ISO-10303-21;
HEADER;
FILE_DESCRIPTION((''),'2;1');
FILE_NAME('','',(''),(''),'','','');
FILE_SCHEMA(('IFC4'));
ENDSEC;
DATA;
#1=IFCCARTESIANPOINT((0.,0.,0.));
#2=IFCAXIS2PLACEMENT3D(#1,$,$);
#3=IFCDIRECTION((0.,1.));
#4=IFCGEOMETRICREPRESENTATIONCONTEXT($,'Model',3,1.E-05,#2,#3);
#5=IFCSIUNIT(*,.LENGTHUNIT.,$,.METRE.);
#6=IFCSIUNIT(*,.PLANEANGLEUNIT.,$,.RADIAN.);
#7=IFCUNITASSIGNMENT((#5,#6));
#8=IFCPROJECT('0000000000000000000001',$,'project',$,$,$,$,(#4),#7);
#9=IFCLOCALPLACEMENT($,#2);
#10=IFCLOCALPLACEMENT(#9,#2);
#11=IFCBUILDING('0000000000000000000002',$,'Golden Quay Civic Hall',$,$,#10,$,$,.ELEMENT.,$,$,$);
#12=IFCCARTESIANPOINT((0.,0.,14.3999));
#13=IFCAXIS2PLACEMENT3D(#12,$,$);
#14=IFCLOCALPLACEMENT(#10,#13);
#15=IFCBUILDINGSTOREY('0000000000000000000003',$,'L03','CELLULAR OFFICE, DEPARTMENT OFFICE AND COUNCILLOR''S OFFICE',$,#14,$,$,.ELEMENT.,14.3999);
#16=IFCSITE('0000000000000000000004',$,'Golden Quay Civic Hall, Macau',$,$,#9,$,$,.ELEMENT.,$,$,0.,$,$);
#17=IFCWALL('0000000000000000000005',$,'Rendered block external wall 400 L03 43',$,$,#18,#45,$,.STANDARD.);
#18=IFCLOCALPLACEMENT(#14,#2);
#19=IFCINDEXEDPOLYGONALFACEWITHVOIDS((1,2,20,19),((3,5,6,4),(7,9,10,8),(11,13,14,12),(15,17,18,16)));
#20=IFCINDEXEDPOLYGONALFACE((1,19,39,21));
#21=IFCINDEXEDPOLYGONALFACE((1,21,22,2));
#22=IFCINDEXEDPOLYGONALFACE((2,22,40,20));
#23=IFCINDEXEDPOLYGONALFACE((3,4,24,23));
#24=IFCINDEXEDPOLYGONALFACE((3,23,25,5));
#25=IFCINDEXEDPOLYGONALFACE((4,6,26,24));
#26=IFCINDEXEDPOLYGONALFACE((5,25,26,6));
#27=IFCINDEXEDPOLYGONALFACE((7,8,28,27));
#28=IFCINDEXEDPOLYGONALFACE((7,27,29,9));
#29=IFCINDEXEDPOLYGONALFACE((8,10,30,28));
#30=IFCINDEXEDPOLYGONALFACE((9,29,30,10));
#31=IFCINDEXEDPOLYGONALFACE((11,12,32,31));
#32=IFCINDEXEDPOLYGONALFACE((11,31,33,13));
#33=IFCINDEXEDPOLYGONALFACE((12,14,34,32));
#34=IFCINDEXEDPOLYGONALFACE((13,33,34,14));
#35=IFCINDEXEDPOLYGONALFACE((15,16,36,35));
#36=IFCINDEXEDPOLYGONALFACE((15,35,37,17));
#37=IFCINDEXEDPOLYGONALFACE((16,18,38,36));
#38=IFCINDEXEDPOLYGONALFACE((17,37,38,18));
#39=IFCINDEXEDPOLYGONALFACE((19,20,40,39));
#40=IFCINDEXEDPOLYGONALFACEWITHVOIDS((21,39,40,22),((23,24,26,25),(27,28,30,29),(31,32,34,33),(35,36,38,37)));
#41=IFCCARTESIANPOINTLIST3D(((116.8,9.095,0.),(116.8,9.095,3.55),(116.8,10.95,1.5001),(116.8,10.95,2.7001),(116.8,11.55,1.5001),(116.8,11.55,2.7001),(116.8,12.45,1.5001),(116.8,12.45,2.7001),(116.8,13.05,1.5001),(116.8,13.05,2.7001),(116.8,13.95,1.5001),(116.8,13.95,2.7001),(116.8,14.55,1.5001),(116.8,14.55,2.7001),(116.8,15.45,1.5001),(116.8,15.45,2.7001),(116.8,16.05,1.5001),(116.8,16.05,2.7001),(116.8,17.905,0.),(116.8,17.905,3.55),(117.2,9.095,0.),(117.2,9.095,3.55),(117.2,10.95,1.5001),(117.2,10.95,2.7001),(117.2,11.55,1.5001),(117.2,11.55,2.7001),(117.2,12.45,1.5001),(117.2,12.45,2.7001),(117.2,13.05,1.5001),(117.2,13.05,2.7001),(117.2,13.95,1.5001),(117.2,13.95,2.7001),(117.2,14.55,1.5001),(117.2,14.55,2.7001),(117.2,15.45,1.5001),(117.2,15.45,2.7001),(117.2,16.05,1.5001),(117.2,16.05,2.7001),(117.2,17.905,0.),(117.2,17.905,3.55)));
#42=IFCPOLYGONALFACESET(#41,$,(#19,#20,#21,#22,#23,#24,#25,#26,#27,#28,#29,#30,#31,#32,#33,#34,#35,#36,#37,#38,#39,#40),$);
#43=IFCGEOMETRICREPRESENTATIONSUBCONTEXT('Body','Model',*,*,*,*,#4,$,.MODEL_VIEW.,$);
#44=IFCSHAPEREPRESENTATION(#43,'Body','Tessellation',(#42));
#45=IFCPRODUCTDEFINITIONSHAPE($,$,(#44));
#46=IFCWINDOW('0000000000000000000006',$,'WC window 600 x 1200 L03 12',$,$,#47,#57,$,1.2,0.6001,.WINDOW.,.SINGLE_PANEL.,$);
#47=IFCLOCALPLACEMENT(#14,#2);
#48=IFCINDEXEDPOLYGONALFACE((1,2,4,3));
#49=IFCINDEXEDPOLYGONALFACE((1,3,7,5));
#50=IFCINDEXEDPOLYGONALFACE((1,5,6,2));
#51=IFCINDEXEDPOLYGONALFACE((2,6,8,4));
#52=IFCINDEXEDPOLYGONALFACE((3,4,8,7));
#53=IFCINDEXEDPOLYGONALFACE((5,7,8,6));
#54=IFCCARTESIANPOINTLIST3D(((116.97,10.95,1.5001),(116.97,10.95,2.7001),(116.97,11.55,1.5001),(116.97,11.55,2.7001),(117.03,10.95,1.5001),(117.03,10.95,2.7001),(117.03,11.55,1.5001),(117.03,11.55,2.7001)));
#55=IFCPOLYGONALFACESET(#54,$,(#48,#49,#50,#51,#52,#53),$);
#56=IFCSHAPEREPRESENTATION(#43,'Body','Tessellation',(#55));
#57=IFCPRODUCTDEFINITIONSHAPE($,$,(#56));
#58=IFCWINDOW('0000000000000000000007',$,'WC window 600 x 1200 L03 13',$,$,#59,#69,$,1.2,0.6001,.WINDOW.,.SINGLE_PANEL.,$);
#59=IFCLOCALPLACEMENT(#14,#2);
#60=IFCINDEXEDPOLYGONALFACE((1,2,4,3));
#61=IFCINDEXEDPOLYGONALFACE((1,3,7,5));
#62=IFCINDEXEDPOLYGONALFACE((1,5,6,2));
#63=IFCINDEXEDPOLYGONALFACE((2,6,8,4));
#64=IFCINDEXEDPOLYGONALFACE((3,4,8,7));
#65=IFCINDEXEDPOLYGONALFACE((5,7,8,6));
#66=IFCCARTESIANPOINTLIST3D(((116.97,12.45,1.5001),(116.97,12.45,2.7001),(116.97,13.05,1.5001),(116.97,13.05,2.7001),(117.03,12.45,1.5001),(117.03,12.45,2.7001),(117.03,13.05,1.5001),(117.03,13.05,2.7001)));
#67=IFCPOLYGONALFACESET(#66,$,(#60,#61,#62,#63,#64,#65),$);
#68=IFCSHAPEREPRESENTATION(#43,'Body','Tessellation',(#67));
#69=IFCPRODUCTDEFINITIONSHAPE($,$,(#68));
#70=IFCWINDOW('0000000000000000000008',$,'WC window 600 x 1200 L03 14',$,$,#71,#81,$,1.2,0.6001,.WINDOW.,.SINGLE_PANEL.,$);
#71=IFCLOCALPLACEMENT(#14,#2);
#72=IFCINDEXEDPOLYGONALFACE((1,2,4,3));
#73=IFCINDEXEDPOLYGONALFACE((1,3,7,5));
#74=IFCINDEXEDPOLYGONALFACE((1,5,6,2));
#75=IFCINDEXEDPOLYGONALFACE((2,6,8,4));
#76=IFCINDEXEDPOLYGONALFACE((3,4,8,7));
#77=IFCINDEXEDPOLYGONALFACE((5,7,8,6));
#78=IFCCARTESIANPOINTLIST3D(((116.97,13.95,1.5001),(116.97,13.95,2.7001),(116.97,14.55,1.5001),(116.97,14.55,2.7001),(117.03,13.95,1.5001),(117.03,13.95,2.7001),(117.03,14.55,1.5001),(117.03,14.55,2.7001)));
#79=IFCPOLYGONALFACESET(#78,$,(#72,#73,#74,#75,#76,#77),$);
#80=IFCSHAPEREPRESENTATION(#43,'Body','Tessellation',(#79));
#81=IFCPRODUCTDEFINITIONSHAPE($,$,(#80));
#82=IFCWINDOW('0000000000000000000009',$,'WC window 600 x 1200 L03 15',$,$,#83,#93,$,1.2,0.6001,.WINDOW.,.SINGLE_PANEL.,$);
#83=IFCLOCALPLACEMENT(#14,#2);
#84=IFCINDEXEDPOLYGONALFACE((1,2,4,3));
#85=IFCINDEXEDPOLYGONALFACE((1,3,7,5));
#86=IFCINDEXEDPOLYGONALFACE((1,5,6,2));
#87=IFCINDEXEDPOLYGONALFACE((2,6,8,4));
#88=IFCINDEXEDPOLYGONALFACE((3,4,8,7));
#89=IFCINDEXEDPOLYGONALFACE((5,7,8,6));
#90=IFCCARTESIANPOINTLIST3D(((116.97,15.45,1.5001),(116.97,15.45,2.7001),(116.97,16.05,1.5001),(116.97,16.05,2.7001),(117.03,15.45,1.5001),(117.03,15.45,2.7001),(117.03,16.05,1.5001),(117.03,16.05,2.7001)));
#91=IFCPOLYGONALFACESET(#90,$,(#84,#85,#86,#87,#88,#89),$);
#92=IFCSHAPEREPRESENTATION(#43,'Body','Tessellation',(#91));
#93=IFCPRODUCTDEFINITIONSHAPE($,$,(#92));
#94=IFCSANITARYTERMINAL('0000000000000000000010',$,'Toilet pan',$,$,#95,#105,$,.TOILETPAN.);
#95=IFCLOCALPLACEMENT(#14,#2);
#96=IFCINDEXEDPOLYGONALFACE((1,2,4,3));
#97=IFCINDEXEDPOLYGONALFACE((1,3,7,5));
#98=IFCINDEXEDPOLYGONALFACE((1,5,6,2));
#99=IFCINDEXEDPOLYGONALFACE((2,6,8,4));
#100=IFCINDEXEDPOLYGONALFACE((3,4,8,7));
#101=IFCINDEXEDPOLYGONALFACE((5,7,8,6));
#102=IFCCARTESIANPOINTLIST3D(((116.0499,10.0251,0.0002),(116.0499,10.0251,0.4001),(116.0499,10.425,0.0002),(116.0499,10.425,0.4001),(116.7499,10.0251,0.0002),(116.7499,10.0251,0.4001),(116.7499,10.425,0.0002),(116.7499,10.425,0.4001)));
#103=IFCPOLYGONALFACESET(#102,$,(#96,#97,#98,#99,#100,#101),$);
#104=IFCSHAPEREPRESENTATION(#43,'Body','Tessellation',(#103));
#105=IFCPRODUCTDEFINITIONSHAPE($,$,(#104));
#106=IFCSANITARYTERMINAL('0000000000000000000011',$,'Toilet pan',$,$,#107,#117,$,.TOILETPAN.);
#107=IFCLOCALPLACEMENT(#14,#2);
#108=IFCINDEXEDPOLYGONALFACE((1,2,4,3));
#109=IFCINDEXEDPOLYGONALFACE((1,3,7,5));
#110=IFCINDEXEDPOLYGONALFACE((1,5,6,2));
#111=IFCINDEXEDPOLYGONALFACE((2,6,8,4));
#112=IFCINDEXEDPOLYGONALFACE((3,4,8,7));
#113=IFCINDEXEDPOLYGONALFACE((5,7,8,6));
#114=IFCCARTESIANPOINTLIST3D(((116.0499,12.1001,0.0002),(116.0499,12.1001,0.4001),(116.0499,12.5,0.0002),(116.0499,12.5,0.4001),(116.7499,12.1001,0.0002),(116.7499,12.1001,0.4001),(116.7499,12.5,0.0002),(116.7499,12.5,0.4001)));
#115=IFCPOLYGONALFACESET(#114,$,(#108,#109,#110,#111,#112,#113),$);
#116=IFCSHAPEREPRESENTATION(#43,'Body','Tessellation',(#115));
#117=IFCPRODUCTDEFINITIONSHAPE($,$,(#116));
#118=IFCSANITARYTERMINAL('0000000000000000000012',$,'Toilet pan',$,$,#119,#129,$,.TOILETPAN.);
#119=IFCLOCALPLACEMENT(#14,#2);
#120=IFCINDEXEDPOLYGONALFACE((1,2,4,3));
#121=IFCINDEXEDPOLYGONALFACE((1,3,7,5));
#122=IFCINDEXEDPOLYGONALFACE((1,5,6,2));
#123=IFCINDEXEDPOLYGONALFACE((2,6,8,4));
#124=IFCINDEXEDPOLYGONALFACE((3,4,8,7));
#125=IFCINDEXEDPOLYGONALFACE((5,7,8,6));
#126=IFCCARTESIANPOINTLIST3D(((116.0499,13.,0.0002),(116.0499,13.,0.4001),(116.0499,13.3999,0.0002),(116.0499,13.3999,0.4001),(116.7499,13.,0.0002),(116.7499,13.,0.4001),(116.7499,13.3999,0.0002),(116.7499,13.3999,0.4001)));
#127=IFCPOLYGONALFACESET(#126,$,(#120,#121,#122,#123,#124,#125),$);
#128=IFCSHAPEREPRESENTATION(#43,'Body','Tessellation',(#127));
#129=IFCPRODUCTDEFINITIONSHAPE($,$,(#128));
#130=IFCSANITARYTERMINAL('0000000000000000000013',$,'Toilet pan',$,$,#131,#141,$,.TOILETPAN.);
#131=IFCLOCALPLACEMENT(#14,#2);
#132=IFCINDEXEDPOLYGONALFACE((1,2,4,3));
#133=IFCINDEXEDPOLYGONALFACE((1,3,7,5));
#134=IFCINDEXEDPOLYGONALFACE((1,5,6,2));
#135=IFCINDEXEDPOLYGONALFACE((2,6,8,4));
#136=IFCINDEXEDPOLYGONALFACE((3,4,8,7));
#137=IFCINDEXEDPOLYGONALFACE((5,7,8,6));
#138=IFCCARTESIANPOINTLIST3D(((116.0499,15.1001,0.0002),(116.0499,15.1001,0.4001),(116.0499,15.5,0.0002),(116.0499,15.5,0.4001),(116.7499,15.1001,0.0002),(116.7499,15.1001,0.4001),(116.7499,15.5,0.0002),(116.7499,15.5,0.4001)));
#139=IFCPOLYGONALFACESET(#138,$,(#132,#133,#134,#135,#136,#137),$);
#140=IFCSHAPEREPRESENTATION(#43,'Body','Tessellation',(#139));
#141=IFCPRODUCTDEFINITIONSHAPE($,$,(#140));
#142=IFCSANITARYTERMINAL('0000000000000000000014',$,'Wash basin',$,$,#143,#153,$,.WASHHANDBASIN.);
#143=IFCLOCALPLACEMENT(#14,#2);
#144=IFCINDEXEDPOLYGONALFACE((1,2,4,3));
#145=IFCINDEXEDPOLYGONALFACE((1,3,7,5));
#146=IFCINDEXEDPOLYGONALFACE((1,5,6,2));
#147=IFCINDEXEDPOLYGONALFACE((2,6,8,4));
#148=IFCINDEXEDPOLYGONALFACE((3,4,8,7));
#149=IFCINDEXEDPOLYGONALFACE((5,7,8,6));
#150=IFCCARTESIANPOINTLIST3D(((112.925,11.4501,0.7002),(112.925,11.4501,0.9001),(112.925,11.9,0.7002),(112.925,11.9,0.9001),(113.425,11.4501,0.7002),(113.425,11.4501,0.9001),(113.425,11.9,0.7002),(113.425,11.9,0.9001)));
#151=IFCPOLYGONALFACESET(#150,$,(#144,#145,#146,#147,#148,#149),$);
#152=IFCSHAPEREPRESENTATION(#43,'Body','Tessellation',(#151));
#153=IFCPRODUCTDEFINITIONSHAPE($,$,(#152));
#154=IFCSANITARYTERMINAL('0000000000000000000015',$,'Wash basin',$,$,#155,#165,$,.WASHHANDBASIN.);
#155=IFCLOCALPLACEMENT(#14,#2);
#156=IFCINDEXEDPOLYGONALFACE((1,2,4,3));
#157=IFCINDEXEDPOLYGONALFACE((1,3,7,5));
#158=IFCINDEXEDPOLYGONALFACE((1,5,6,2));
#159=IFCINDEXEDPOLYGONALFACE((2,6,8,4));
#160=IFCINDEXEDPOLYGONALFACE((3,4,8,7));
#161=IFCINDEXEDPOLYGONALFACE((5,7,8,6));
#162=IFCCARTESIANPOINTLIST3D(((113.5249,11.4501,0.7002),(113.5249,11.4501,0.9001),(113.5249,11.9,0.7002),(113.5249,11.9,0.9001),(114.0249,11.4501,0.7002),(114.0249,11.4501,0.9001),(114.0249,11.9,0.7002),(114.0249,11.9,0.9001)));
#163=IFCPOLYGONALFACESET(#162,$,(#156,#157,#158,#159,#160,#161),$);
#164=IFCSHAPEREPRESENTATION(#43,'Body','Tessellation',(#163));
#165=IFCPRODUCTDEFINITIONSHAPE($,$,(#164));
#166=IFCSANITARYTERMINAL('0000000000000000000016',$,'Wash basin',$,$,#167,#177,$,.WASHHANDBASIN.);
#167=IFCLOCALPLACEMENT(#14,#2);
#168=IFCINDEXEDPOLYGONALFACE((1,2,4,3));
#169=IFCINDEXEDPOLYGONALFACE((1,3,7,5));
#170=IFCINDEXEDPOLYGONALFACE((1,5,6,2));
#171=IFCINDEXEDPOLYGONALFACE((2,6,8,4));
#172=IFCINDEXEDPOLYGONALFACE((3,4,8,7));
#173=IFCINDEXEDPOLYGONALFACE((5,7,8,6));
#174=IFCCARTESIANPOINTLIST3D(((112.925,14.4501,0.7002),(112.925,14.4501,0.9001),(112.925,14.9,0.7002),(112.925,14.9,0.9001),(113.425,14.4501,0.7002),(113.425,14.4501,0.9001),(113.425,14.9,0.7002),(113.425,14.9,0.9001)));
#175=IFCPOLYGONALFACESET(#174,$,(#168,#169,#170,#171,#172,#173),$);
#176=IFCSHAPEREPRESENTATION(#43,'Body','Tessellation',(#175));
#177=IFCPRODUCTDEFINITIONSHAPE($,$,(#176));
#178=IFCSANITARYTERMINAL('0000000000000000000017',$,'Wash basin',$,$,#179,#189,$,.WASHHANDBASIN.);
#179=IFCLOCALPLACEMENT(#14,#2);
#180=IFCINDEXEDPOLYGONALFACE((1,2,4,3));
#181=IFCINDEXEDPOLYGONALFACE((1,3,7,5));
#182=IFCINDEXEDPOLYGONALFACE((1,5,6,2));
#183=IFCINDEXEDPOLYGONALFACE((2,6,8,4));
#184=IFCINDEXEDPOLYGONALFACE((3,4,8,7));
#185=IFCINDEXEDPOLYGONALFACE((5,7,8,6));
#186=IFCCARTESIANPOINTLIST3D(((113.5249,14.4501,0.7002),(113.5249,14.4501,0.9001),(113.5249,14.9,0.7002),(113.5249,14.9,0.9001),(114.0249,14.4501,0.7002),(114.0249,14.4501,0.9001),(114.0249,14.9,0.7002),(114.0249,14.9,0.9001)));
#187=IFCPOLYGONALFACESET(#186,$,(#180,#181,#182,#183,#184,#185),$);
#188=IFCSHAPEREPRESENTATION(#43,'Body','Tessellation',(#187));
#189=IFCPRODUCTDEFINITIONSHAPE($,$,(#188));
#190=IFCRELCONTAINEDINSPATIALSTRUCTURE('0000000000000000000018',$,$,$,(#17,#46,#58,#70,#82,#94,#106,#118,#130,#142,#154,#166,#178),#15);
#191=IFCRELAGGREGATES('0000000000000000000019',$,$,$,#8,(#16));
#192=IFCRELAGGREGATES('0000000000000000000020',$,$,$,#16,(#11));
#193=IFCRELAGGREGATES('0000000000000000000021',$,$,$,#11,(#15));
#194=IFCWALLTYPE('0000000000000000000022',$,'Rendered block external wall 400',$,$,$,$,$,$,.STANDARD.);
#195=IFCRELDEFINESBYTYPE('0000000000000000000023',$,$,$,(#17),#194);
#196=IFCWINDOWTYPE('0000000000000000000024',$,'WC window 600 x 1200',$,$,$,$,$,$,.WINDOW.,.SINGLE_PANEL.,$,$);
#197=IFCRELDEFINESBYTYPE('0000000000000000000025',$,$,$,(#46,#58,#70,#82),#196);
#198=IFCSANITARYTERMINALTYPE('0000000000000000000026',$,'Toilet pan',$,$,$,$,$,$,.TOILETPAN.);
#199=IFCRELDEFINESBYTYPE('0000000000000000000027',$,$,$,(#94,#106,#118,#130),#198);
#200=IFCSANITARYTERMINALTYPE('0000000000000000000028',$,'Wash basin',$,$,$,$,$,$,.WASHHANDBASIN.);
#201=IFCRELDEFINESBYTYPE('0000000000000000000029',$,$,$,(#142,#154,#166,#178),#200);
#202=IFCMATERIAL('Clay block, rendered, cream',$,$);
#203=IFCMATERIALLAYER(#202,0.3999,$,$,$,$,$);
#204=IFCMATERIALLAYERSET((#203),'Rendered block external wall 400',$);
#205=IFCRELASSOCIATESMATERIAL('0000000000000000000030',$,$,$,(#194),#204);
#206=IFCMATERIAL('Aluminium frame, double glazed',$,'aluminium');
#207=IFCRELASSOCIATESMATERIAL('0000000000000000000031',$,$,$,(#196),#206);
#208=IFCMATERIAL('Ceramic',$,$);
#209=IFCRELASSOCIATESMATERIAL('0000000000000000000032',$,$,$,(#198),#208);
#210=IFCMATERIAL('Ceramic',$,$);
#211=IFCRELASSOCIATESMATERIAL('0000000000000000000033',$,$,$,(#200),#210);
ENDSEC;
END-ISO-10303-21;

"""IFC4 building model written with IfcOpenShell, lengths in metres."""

from ifc_helpers import new_model, si_unit, direction, frame, frame_2d, origin, origin_2d, place, context, subcontext, project, spatial, rectangle, extrude, material, layer, layer_set, type_object, element, fill, save


model = new_model("IFC4")

# Units and contexts
model_context = context("Model", 3, precision=1e-05, world=origin(), true_north=direction((0.0, 1.0)))
body_context = subcontext(model_context, "Body", "Model", "MODEL_VIEW")
ifc_project = project(units=[si_unit("LENGTHUNIT", "METRE"), si_unit("PLANEANGLEUNIT", "RADIAN")], contexts=[model_context])

# Site, building, storey
site_placement = place(None, origin())
site = spatial("IfcSite", under=ifc_project, at=site_placement, Name="Golden Quay Civic Hall, Macau", CompositionType="ELEMENT", RefElevation=0.0)
building_placement = place(site_placement, origin())
building = spatial("IfcBuilding", under=site, at=building_placement, Name="Golden Quay Civic Hall", CompositionType="ELEMENT")
storey_placement = place(building_placement, frame((0.0, 0.0, 14.3999)))
storey = spatial("IfcBuildingStorey", under=building, at=storey_placement, Name="L03", Description="CELLULAR OFFICE, DEPARTMENT OFFICE AND COUNCILLOR'S OFFICE", CompositionType="ELEMENT", Elevation=14.3999)

# Wall, openings, windows
ifc_material_1 = material(Name="Clay block, rendered, cream")
ifc_layer_1 = layer(ifc_material_1, 0.3999)
ifc_layer_set_1 = layer_set([ifc_layer_1], Name="Rendered block external wall 400")
wall_type_1 = type_object("IfcWallType", Name="Rendered block external wall 400", PredefinedType="STANDARD", material=ifc_layer_set_1)
wall_1_placement = place(storey_placement, frame((117.0, 17.905, 0.0), z_axis=(0.0, 0.0, 1.0), x_axis=(0.0, -1.0, 0.0)))
wall_1 = element("IfcWall", 1, at=wall_1_placement, inside=storey, type_object=wall_type_1, Name="Rendered block external wall 400 L03 43", PredefinedType="STANDARD", context=body_context, shape_type="SweptSolid", body=[
    extrude(rectangle(XDim=8.8101, YDim=0.3999, at=frame_2d((4.405, 0.0))), origin(), (0.0, 0.0, 1.0), 3.55),
])
opening_1_placement = place(wall_1_placement, frame((6.355, 0.0, 1.5)))
opening_1 = element("IfcOpeningElement", 2, at=opening_1_placement, cuts=wall_1, PredefinedType="OPENING", context=body_context, shape_type="SweptSolid", body=[
    extrude(rectangle(XDim=0.6001, YDim=1.2, at=frame_2d((0.3, 0.6001))), frame((0.0, 0.21, 0.0), z_axis=(0.0, -1.0, 0.0), x_axis=(1.0, 0.0, 0.0)), (0.0, 0.0, 1.0), 0.4199),
])
opening_2_placement = place(wall_1_placement, frame((4.855, 0.0, 1.5)))
opening_2 = element("IfcOpeningElement", 3, at=opening_2_placement, cuts=wall_1, PredefinedType="OPENING", context=body_context, shape_type="SweptSolid", body=[
    extrude(rectangle(XDim=0.6001, YDim=1.2, at=frame_2d((0.3, 0.6001))), frame((0.0, 0.21, 0.0), z_axis=(0.0, -1.0, 0.0), x_axis=(1.0, 0.0, 0.0)), (0.0, 0.0, 1.0), 0.4199),
])
opening_3_placement = place(wall_1_placement, frame((3.355, 0.0, 1.5)))
opening_3 = element("IfcOpeningElement", 4, at=opening_3_placement, cuts=wall_1, PredefinedType="OPENING", context=body_context, shape_type="SweptSolid", body=[
    extrude(rectangle(XDim=0.6001, YDim=1.2, at=frame_2d((0.3, 0.6001))), frame((0.0, 0.21, 0.0), z_axis=(0.0, -1.0, 0.0), x_axis=(1.0, 0.0, 0.0)), (0.0, 0.0, 1.0), 0.4199),
])
opening_4_placement = place(wall_1_placement, frame((1.855, 0.0, 1.5)))
opening_4 = element("IfcOpeningElement", 5, at=opening_4_placement, cuts=wall_1, PredefinedType="OPENING", context=body_context, shape_type="SweptSolid", body=[
    extrude(rectangle(XDim=0.6001, YDim=1.2, at=frame_2d((0.3, 0.6001))), frame((0.0, 0.21, 0.0), z_axis=(0.0, -1.0, 0.0), x_axis=(1.0, 0.0, 0.0)), (0.0, 0.0, 1.0), 0.4199),
])
ifc_material_2 = material(Name="Aluminium frame, double glazed", Category="aluminium")
window_type = type_object("IfcWindowType", Name="WC window 600 x 1200", PartitioningType="SINGLE_PANEL", PredefinedType="WINDOW", material=ifc_material_2)
window_1_placement = place(opening_1_placement, origin())
window_1 = element("IfcWindow", 6, at=window_1_placement, inside=storey, type_object=window_type, Name="WC window 600 x 1200 L03 12", OverallHeight=1.2, OverallWidth=0.6001, PartitioningType="SINGLE_PANEL", PredefinedType="WINDOW", context=body_context, shape_type="SweptSolid", body=[
    extrude(rectangle(XDim=0.6001, YDim=1.2, at=frame_2d((0.3, 0.6001))), frame((0.0, 0.03, 0.0), z_axis=(0.0, -1.0, 0.0), x_axis=(1.0, 0.0, 0.0)), (0.0, 0.0, 1.0), 0.0601),
])
fill(opening_1, window_1)
window_2_placement = place(opening_2_placement, origin())
window_2 = element("IfcWindow", 7, at=window_2_placement, inside=storey, type_object=window_type, Name="WC window 600 x 1200 L03 13", OverallHeight=1.2, OverallWidth=0.6001, PartitioningType="SINGLE_PANEL", PredefinedType="WINDOW", context=body_context, shape_type="SweptSolid", body=[
    extrude(rectangle(XDim=0.6001, YDim=1.2, at=frame_2d((0.3, 0.6001))), frame((0.0, 0.03, 0.0), z_axis=(0.0, -1.0, 0.0), x_axis=(1.0, 0.0, 0.0)), (0.0, 0.0, 1.0), 0.0601),
])
fill(opening_2, window_2)
window_3_placement = place(opening_3_placement, origin())
window_3 = element("IfcWindow", 8, at=window_3_placement, inside=storey, type_object=window_type, Name="WC window 600 x 1200 L03 14", OverallHeight=1.2, OverallWidth=0.6001, PartitioningType="SINGLE_PANEL", PredefinedType="WINDOW", context=body_context, shape_type="SweptSolid", body=[
    extrude(rectangle(XDim=0.6001, YDim=1.2, at=frame_2d((0.3, 0.6001))), frame((0.0, 0.03, 0.0), z_axis=(0.0, -1.0, 0.0), x_axis=(1.0, 0.0, 0.0)), (0.0, 0.0, 1.0), 0.0601),
])
fill(opening_3, window_3)
window_4_placement = place(opening_4_placement, origin())
window_4 = element("IfcWindow", 9, at=window_4_placement, inside=storey, type_object=window_type, Name="WC window 600 x 1200 L03 15", OverallHeight=1.2, OverallWidth=0.6001, PartitioningType="SINGLE_PANEL", PredefinedType="WINDOW", context=body_context, shape_type="SweptSolid", body=[
    extrude(rectangle(XDim=0.6001, YDim=1.2, at=frame_2d((0.3, 0.6001))), frame((0.0, 0.03, 0.0), z_axis=(0.0, -1.0, 0.0), x_axis=(1.0, 0.0, 0.0)), (0.0, 0.0, 1.0), 0.0601),
])
fill(opening_4, window_4)

# Sanitary terminals
ifc_material_3 = material(Name="Ceramic")
sanitary_terminal_type_1 = type_object("IfcSanitaryTerminalType", Name="Toilet pan", PredefinedType="TOILETPAN", material=ifc_material_3)
for number, where, z_axis, x_axis, name in (
    (10, (116.3999, 10.2251, 0.0002), (0.0, 0.0, 1.0), (0.0, 1.0, 0.0), "Toilet pan"),
    (11, (116.3999, 12.3, 0.0002), (0.0, 0.0, 1.0), (0.0, 1.0, 0.0), "Toilet pan"),
    (12, (116.3999, 13.2, 0.0002), (0.0, 0.0, 1.0), (0.0, 1.0, 0.0), "Toilet pan"),
    (13, (116.3999, 15.3, 0.0002), (0.0, 0.0, 1.0), (0.0, 1.0, 0.0), "Toilet pan"),
):
    element("IfcSanitaryTerminal", number, at=place(storey_placement, frame(where, z_axis=z_axis, x_axis=x_axis)), inside=storey, type_object=sanitary_terminal_type_1, Name=name, PredefinedType="TOILETPAN", context=body_context, shape_type="SweptSolid", body=[
        extrude(rectangle(XDim=0.3999, YDim=0.7, at=origin_2d()), origin(), (0.0, 0.0, 1.0), 0.3999),
    ])
ifc_material_4 = material(Name="Ceramic")
sanitary_terminal_type_2 = type_object("IfcSanitaryTerminalType", Name="Wash basin", PredefinedType="WASHHANDBASIN", material=ifc_material_4)
for number, where, z_axis, x_axis, name in (
    (14, (113.175, 11.675, 0.7002), (0.0, 0.0, 1.0), (1.0, 0.0, 0.0), "Wash basin"),
    (15, (113.7749, 11.675, 0.7002), (0.0, 0.0, 1.0), (1.0, 0.0, 0.0), "Wash basin"),
    (16, (113.175, 14.675, 0.7002), (0.0, 0.0, 1.0), (1.0, 0.0, 0.0), "Wash basin"),
    (17, (113.7749, 14.675, 0.7002), (0.0, 0.0, 1.0), (1.0, 0.0, 0.0), "Wash basin"),
):
    element("IfcSanitaryTerminal", number, at=place(storey_placement, frame(where, z_axis=z_axis, x_axis=x_axis)), inside=storey, type_object=sanitary_terminal_type_2, Name=name, PredefinedType="WASHHANDBASIN", context=body_context, shape_type="SweptSolid", body=[
        extrude(rectangle(XDim=0.5, YDim=0.45, at=origin_2d()), origin(), (0.0, 0.0, 1.0), 0.2),
    ])

save(model, "model.ifc")
